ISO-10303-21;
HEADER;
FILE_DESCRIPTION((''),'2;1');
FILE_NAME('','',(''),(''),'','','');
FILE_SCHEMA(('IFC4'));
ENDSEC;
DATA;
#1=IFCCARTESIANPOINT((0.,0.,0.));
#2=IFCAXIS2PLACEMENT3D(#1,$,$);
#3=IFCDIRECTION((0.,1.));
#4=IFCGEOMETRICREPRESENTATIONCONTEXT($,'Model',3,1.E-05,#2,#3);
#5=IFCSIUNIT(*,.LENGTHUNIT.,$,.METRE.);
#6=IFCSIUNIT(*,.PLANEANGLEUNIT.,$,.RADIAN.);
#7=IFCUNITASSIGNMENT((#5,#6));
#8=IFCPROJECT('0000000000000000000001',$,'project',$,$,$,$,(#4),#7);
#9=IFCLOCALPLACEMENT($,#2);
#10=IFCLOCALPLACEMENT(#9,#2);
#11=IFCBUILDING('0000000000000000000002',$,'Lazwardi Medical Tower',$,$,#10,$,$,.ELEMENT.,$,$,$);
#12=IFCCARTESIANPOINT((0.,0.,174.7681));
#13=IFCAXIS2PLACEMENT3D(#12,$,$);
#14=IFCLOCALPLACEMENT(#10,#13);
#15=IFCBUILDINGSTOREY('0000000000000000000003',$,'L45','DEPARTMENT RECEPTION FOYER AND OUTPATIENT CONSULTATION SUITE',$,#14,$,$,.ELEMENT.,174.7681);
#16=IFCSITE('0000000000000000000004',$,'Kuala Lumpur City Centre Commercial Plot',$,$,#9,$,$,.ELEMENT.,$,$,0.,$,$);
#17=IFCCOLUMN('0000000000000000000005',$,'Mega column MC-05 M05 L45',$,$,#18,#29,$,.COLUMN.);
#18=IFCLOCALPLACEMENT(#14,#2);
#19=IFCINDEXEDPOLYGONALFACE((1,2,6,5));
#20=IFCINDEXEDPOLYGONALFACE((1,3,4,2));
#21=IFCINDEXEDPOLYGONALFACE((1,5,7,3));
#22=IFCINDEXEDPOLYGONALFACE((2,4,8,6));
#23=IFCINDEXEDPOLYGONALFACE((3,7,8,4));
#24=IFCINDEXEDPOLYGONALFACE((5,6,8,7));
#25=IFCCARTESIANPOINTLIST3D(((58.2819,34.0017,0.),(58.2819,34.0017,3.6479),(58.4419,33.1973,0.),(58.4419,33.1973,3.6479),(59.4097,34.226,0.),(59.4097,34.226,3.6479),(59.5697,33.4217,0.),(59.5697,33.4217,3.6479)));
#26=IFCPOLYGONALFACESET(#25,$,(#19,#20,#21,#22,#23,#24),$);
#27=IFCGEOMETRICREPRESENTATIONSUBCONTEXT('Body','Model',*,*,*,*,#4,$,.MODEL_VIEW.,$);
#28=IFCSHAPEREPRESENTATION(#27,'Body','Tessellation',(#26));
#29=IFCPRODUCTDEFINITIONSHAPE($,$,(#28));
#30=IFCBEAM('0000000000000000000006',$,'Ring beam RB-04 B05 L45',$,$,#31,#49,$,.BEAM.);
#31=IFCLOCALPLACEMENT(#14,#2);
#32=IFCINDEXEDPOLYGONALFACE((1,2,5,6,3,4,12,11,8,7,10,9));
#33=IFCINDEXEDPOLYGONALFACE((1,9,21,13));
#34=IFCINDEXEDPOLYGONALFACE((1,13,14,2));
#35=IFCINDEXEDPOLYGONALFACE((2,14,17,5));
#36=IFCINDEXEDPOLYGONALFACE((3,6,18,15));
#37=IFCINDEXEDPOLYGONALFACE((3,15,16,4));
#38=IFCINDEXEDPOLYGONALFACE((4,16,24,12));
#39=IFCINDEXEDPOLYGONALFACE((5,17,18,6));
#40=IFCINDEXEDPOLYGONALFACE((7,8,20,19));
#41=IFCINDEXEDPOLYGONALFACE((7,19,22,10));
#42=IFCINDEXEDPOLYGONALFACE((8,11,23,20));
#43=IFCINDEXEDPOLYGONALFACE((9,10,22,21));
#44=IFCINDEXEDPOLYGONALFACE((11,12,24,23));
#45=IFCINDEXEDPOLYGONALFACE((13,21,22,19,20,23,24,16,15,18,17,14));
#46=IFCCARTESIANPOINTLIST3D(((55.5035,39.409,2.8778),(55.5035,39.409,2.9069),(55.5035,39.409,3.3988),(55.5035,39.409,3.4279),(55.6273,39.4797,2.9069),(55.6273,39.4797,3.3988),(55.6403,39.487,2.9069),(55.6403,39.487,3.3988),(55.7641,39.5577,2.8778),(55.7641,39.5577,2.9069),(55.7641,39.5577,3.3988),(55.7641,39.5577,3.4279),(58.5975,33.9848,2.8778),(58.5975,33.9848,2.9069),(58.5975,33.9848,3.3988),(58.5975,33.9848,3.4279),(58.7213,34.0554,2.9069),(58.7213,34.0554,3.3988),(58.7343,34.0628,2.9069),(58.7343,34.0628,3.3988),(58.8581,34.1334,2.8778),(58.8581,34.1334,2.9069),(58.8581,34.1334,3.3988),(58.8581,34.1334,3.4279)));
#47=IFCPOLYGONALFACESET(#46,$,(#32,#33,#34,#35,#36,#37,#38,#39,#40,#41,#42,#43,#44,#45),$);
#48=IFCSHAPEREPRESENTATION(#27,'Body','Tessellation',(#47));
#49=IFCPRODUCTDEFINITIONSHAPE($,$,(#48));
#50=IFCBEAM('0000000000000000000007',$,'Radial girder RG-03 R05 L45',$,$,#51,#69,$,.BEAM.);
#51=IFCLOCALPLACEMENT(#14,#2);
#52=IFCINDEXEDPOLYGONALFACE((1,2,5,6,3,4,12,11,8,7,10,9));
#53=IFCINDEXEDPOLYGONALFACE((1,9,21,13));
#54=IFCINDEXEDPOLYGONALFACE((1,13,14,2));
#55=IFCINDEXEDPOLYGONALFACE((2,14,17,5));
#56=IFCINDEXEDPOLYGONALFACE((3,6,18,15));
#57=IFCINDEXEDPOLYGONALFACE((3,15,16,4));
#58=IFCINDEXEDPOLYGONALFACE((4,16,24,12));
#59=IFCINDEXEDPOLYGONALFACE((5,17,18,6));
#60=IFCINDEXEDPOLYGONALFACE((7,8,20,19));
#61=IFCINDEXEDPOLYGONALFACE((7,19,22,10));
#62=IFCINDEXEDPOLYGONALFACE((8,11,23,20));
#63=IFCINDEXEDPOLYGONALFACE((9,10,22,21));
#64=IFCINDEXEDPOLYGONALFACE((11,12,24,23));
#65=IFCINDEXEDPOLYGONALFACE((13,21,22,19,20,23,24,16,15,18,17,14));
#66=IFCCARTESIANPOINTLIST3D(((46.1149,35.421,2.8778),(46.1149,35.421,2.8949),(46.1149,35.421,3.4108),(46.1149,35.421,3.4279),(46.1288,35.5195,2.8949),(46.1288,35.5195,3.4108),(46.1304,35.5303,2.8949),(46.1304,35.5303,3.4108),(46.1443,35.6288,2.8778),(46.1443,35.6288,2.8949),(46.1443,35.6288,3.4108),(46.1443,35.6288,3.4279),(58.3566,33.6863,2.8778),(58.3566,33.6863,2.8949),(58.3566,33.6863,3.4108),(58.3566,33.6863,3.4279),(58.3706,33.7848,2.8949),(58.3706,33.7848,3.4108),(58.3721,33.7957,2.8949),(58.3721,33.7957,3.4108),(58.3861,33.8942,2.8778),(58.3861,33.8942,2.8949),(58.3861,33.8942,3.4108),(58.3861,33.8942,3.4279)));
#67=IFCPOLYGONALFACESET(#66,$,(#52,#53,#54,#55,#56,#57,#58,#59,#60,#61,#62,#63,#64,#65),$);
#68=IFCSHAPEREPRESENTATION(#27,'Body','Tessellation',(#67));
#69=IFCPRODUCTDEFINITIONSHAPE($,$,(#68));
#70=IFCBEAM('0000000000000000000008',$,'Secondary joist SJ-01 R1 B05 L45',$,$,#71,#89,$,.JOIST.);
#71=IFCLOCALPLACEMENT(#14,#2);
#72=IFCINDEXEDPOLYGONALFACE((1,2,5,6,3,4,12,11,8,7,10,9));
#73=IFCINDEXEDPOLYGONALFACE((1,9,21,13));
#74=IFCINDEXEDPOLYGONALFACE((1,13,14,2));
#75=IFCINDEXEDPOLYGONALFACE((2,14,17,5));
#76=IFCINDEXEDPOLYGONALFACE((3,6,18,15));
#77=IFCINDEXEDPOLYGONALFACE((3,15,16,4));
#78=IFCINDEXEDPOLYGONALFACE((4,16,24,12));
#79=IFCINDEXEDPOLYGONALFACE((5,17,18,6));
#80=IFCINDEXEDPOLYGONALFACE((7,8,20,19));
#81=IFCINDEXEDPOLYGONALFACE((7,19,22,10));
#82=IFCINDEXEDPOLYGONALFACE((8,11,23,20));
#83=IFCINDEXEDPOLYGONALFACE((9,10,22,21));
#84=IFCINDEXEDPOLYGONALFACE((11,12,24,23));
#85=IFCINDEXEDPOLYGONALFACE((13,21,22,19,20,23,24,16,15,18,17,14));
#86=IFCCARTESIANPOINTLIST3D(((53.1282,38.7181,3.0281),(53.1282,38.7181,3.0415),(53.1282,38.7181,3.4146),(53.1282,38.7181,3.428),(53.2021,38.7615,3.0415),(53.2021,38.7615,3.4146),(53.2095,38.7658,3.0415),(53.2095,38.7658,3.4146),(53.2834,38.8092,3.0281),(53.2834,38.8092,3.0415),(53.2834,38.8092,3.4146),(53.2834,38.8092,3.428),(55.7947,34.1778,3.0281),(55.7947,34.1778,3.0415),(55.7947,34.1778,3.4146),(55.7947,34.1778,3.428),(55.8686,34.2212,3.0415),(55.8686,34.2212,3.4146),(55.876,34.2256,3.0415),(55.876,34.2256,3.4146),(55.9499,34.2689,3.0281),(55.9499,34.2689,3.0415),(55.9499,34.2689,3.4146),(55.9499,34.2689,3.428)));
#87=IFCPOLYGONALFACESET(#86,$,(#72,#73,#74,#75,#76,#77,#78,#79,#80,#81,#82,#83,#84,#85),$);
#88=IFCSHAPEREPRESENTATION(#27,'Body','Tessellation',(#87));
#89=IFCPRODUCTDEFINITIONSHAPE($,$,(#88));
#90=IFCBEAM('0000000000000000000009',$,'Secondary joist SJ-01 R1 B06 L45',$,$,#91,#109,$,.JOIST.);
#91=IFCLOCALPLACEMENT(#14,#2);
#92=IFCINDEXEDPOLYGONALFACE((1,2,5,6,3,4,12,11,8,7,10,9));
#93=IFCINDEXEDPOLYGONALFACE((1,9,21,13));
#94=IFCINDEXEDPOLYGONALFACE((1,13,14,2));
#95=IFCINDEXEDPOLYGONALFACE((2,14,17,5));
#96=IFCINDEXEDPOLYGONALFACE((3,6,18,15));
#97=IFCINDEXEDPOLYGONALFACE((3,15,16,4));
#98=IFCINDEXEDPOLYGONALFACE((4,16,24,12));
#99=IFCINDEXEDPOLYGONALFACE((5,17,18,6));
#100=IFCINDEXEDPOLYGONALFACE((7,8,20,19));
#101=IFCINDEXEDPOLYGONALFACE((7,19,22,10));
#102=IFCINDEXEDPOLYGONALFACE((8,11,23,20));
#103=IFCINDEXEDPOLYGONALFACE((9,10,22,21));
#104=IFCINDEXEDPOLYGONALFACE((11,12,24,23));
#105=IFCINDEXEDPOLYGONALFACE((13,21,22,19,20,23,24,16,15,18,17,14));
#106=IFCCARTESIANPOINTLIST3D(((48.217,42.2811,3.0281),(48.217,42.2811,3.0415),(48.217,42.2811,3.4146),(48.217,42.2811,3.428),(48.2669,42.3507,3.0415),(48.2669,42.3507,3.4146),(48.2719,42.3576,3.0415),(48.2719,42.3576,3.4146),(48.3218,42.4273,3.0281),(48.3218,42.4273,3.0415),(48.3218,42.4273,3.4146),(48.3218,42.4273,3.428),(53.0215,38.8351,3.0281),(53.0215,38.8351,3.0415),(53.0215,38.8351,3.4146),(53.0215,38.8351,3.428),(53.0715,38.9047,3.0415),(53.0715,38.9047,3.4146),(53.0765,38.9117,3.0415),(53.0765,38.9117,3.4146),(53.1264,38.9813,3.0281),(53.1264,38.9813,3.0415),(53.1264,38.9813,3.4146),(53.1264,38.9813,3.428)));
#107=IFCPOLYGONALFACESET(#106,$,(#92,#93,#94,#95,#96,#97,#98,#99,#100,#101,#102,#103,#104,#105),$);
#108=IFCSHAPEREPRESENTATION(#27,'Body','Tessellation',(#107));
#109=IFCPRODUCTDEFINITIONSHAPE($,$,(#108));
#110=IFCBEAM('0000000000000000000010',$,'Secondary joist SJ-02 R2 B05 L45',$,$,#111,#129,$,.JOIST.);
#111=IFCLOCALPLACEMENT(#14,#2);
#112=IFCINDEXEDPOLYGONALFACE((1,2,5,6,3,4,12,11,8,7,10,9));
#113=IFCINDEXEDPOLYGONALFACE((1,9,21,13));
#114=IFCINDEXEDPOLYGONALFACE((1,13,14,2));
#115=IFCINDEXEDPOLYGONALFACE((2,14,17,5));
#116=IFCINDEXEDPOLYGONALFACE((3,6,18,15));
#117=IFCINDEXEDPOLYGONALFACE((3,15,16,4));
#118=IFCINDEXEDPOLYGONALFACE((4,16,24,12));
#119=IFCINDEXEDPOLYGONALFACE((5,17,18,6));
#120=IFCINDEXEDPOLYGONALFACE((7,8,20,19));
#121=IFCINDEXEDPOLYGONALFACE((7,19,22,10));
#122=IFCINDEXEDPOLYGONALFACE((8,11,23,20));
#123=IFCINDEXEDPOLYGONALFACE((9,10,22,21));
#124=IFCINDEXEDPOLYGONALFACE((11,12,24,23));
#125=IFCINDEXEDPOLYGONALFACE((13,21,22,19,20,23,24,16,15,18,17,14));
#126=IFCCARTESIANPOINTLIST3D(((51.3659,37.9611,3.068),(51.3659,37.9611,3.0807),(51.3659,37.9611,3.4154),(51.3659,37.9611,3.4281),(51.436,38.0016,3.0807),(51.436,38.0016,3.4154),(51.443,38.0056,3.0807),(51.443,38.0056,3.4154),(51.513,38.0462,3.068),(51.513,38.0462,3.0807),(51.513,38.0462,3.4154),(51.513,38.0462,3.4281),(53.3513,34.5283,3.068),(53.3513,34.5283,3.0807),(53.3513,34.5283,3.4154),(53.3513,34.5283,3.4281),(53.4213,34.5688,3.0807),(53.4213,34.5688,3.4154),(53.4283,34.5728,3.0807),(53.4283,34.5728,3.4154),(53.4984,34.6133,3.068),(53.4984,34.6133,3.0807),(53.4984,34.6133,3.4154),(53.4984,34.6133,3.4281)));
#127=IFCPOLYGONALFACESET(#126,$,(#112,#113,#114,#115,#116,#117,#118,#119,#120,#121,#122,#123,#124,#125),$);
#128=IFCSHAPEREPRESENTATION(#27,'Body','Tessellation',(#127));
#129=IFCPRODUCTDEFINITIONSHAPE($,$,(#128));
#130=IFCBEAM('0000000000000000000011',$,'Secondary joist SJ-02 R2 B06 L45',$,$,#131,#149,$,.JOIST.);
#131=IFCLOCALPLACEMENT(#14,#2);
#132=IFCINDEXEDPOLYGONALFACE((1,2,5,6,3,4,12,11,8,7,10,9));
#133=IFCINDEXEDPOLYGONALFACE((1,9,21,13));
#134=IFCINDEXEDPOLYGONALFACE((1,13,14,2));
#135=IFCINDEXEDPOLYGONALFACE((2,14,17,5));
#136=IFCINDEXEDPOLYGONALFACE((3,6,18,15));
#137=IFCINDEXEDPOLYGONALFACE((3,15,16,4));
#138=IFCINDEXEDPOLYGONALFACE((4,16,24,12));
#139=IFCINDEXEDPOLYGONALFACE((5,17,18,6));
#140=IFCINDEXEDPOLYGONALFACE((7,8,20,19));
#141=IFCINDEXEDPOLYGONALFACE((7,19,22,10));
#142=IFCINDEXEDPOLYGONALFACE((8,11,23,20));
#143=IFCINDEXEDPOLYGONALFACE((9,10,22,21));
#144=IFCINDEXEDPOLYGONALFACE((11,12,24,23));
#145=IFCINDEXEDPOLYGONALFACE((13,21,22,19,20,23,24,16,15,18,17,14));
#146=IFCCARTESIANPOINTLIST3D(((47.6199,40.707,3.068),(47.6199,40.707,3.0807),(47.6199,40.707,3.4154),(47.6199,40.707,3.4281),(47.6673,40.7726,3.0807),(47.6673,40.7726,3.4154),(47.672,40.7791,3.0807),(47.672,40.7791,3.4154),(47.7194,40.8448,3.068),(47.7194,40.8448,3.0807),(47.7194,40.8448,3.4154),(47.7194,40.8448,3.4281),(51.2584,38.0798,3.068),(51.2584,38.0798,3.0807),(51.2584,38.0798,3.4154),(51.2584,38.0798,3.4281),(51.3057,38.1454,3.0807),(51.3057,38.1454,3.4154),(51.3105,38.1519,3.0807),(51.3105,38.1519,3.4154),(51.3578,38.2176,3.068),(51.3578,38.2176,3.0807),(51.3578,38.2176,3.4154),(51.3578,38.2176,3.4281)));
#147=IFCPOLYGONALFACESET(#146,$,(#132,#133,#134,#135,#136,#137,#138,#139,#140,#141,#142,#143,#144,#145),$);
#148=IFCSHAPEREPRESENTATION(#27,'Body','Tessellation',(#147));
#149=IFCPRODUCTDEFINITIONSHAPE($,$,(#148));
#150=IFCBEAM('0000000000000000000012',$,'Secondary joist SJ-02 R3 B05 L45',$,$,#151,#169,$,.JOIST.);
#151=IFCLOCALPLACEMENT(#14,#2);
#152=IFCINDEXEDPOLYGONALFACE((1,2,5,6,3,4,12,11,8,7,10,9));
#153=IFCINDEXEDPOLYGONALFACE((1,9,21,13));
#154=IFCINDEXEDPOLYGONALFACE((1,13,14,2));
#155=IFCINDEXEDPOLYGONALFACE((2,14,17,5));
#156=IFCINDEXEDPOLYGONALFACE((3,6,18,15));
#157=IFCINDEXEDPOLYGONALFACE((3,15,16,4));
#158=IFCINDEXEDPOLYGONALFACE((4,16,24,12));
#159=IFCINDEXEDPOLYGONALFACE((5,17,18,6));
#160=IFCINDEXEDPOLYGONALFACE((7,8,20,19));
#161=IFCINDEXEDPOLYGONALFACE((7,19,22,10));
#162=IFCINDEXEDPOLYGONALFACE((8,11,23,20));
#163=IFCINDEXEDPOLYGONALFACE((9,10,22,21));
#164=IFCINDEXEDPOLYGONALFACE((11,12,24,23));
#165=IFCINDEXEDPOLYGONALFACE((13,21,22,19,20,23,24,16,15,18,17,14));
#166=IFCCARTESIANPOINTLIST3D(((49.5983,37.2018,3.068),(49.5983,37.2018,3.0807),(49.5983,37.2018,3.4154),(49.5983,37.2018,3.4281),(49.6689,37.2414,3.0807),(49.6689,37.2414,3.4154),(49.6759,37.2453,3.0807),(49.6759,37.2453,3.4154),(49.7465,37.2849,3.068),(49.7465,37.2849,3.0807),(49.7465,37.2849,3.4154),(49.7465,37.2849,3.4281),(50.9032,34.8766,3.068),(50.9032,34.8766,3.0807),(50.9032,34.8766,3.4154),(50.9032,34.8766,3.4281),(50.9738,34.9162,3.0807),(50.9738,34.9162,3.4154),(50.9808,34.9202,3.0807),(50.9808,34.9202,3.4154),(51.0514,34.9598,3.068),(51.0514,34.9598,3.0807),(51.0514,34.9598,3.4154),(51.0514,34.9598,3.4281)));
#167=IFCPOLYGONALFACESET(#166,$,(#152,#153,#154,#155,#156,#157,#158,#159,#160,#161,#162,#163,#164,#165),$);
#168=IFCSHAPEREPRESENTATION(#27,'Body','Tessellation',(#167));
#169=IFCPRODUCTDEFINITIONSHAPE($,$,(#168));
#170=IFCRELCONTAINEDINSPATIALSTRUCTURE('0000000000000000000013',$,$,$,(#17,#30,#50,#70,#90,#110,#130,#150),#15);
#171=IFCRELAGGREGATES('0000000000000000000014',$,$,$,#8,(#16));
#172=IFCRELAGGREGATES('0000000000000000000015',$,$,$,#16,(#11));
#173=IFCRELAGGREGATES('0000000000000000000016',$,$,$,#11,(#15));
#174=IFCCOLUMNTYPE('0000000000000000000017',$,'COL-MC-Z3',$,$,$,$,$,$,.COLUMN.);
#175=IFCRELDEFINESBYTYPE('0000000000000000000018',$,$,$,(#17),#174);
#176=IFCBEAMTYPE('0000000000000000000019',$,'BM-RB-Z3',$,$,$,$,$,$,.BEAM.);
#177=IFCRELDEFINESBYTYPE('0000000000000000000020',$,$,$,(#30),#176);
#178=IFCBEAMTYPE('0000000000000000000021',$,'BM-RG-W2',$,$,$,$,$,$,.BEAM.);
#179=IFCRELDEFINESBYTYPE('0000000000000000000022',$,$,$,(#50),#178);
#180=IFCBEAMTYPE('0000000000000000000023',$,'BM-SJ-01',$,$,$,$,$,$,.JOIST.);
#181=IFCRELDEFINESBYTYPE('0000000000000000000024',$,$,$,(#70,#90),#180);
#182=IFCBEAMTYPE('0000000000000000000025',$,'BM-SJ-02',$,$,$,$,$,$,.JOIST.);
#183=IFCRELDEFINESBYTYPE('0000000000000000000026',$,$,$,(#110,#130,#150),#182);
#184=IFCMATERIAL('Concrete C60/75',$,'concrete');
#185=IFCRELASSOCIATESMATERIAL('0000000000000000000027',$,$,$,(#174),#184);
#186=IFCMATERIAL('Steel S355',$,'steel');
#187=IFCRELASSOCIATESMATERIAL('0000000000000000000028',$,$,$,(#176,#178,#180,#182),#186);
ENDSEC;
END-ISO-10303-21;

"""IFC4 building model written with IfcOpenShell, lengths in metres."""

from ifc_helpers import new_model, si_unit, direction, frame, origin, origin_2d, place, context, subcontext, project, spatial, rectangle, i_section, extrude, material, material_profile, profile_set, type_object, element, save


model = new_model("IFC4")

# Units and contexts
model_context = context("Model", 3, precision=1e-05, world=origin(), true_north=direction((0.0, 1.0)))
body_context = subcontext(model_context, "Body", "Model", "MODEL_VIEW")
ifc_project = project(units=[si_unit("LENGTHUNIT", "METRE"), si_unit("PLANEANGLEUNIT", "RADIAN")], contexts=[model_context])

# Site, building, storey
site_placement = place(None, origin())
site = spatial("IfcSite", under=ifc_project, at=site_placement, Name="Kuala Lumpur City Centre Commercial Plot", CompositionType="ELEMENT", RefElevation=0.0)
building_placement = place(site_placement, origin())
building = spatial("IfcBuilding", under=site, at=building_placement, Name="Lazwardi Medical Tower", CompositionType="ELEMENT")
storey_placement = place(building_placement, frame((0.0, 0.0, 174.7681)))
storey = spatial("IfcBuildingStorey", under=building, at=storey_placement, Name="L45", Description="DEPARTMENT RECEPTION FOYER AND OUTPATIENT CONSULTATION SUITE", CompositionType="ELEMENT", Elevation=174.7681)

# Column
ifc_material_1 = material(Name="Concrete C60/75", Category="concrete")
ifc_material_profile_1 = material_profile(ifc_material_1, rectangle(XDim=1.1499, YDim=0.8201, at=origin_2d()), Name="CFT-RECT 1150x820")
ifc_profile_set_1 = profile_set([ifc_material_profile_1], Name="Concrete C60/75")
column_type = type_object("IfcColumnType", Name="COL-MC-Z3", PredefinedType="COLUMN", material=ifc_profile_set_1)
column_placement = place(storey_placement, frame((58.9258, 33.7117, 0.0), z_axis=(0.0, 0.0, 1.0), x_axis=(0.980785, 0.19509, 0.0)))
element("IfcColumn", 1, at=column_placement, inside=storey, type_object=column_type, Name="Mega column MC-05 M05 L45", PredefinedType="COLUMN", context=body_context, shape_type="SweptSolid", body=[
    extrude(rectangle(XDim=1.1499, YDim=0.8201, at=origin_2d()), origin(), (0.0, 0.0, 1.0), 3.6479),
])

# Beams
ifc_material_2 = material(Name="Steel S355", Category="steel")
ifc_material_profile_2 = material_profile(ifc_material_2, i_section(OverallWidth=0.3, OverallDepth=0.55, WebThickness=0.0149, FlangeThickness=0.0291, at=origin_2d()), Name="HEB 550")
ifc_profile_set_2 = profile_set([ifc_material_profile_2], Name="Steel S355")
beam_type_1 = type_object("IfcBeamType", Name="BM-RB-Z3", PredefinedType="BEAM", material=ifc_profile_set_2)
beam_1_placement = place(storey_placement, frame((58.7278, 34.0591, 3.1528), z_axis=(-0.495461, 0.86863, 0.0), x_axis=(-0.86863, -0.495461, 0.0)))
element("IfcBeam", 2, at=beam_1_placement, inside=storey, type_object=beam_type_1, Name="Ring beam RB-04 B05 L45", PredefinedType="BEAM", context=body_context, shape_type="SweptSolid", body=[
    extrude(i_section(OverallWidth=0.3, OverallDepth=0.55, WebThickness=0.0149, FlangeThickness=0.0291, at=origin_2d()), origin(), (0.0, 0.0, 1.0), 6.2446),
])
ifc_material_profile_3 = material_profile(ifc_material_2, i_section(OverallWidth=0.21, OverallDepth=0.55, WebThickness=0.011, FlangeThickness=0.0171, at=origin_2d()), Name="IPE 550")
ifc_profile_set_3 = profile_set([ifc_material_profile_3], Name="Steel S355")
beam_type_2 = type_object("IfcBeamType", Name="BM-RG-W2", PredefinedType="BEAM", material=ifc_profile_set_3)
beam_2_placement = place(storey_placement, frame((58.3713, 33.7903, 3.1528), z_axis=(-0.99011, 0.140296, 0.0), x_axis=(-0.140296, -0.99011, 0.0)))
element("IfcBeam", 3, at=beam_2_placement, inside=storey, type_object=beam_type_2, Name="Radial girder RG-03 R05 L45", PredefinedType="BEAM", context=body_context, shape_type="SweptSolid", body=[
    extrude(i_section(OverallWidth=0.21, OverallDepth=0.55, WebThickness=0.011, FlangeThickness=0.0171, at=origin_2d()), origin(), (0.0, 0.0, 1.0), 12.364),
])
ifc_material_profile_4 = material_profile(ifc_material_2, i_section(OverallWidth=0.1799, OverallDepth=0.3999, WebThickness=0.0085, FlangeThickness=0.0134, at=origin_2d()), Name="IPE 400")
ifc_profile_set_4 = profile_set([ifc_material_profile_4], Name="Steel S355")
beam_type_3 = type_object("IfcBeamType", Name="BM-SJ-01", PredefinedType="JOIST", material=ifc_profile_set_4)
beam_3_placement = place(storey_placement, frame((55.8723, 34.2234, 3.228), z_axis=(-0.50642, 0.862287, 0.0), x_axis=(-0.862287, -0.50642, 0.0)))
element("IfcBeam", 4, at=beam_3_placement, inside=storey, type_object=beam_type_3, Name="Secondary joist SJ-01 R1 B05 L45", PredefinedType="JOIST", context=body_context, shape_type="SweptSolid", body=[
    extrude(i_section(OverallWidth=0.1799, OverallDepth=0.3999, WebThickness=0.0085, FlangeThickness=0.0134, at=origin_2d()), origin(), (0.0, 0.0, 1.0), 5.2654),
])
beam_4_placement = place(storey_placement, frame((53.074, 38.9082, 3.228), z_axis=(-0.812602, 0.582819, 0.0), x_axis=(-0.582819, -0.812602, 0.0)))
element("IfcBeam", 5, at=beam_4_placement, inside=storey, type_object=beam_type_3, Name="Secondary joist SJ-01 R1 B06 L45", PredefinedType="JOIST", context=body_context, shape_type="SweptSolid", body=[
    extrude(i_section(OverallWidth=0.1799, OverallDepth=0.3999, WebThickness=0.0085, FlangeThickness=0.0134, at=origin_2d()), origin(), (0.0, 0.0, 1.0), 5.9126),
])
ifc_material_profile_5 = material_profile(ifc_material_2, i_section(OverallWidth=0.1699, OverallDepth=0.3601, WebThickness=0.0081, FlangeThickness=0.0127, at=origin_2d()), Name="IPE 360")
ifc_profile_set_5 = profile_set([ifc_material_profile_5], Name="Steel S355")
beam_type_4 = type_object("IfcBeamType", Name="BM-SJ-02", PredefinedType="JOIST", material=ifc_profile_set_5)
beam_5_placement = place(storey_placement, frame((53.4248, 34.5708, 3.248), z_axis=(-0.500641, 0.865655, 0.0), x_axis=(-0.865655, -0.500641, 0.0)))
element("IfcBeam", 6, at=beam_5_placement, inside=storey, type_object=beam_type_4, Name="Secondary joist SJ-02 R2 B05 L45", PredefinedType="JOIST", context=body_context, shape_type="SweptSolid", body=[
    extrude(i_section(OverallWidth=0.1699, OverallDepth=0.3601, WebThickness=0.0081, FlangeThickness=0.0127, at=origin_2d()), origin(), (0.0, 0.0, 1.0), 3.9656),
])
beam_6_placement = place(storey_placement, frame((51.3081, 38.1487, 3.248), z_axis=(-0.810738, 0.585409, 0.0), x_axis=(-0.585409, -0.810738, 0.0)))
element("IfcBeam", 7, at=beam_6_placement, inside=storey, type_object=beam_type_4, Name="Secondary joist SJ-02 R2 B06 L45", PredefinedType="JOIST", context=body_context, shape_type="SweptSolid", body=[
    extrude(i_section(OverallWidth=0.1699, OverallDepth=0.3601, WebThickness=0.0081, FlangeThickness=0.0127, at=origin_2d()), origin(), (0.0, 0.0, 1.0), 4.4878),
])
beam_7_placement = place(storey_placement, frame((50.9773, 34.9182, 3.248), z_axis=(-0.489409, 0.872054, 0.0), x_axis=(-0.872054, -0.489409, 0.0)))
element("IfcBeam", 8, at=beam_7_placement, inside=storey, type_object=beam_type_4, Name="Secondary joist SJ-02 R3 B05 L45", PredefinedType="JOIST", context=body_context, shape_type="SweptSolid", body=[
    extrude(i_section(OverallWidth=0.1699, OverallDepth=0.3601, WebThickness=0.0081, FlangeThickness=0.0127, at=origin_2d()), origin(), (0.0, 0.0, 1.0), 2.6663),
])

save(model, "model.ifc")
